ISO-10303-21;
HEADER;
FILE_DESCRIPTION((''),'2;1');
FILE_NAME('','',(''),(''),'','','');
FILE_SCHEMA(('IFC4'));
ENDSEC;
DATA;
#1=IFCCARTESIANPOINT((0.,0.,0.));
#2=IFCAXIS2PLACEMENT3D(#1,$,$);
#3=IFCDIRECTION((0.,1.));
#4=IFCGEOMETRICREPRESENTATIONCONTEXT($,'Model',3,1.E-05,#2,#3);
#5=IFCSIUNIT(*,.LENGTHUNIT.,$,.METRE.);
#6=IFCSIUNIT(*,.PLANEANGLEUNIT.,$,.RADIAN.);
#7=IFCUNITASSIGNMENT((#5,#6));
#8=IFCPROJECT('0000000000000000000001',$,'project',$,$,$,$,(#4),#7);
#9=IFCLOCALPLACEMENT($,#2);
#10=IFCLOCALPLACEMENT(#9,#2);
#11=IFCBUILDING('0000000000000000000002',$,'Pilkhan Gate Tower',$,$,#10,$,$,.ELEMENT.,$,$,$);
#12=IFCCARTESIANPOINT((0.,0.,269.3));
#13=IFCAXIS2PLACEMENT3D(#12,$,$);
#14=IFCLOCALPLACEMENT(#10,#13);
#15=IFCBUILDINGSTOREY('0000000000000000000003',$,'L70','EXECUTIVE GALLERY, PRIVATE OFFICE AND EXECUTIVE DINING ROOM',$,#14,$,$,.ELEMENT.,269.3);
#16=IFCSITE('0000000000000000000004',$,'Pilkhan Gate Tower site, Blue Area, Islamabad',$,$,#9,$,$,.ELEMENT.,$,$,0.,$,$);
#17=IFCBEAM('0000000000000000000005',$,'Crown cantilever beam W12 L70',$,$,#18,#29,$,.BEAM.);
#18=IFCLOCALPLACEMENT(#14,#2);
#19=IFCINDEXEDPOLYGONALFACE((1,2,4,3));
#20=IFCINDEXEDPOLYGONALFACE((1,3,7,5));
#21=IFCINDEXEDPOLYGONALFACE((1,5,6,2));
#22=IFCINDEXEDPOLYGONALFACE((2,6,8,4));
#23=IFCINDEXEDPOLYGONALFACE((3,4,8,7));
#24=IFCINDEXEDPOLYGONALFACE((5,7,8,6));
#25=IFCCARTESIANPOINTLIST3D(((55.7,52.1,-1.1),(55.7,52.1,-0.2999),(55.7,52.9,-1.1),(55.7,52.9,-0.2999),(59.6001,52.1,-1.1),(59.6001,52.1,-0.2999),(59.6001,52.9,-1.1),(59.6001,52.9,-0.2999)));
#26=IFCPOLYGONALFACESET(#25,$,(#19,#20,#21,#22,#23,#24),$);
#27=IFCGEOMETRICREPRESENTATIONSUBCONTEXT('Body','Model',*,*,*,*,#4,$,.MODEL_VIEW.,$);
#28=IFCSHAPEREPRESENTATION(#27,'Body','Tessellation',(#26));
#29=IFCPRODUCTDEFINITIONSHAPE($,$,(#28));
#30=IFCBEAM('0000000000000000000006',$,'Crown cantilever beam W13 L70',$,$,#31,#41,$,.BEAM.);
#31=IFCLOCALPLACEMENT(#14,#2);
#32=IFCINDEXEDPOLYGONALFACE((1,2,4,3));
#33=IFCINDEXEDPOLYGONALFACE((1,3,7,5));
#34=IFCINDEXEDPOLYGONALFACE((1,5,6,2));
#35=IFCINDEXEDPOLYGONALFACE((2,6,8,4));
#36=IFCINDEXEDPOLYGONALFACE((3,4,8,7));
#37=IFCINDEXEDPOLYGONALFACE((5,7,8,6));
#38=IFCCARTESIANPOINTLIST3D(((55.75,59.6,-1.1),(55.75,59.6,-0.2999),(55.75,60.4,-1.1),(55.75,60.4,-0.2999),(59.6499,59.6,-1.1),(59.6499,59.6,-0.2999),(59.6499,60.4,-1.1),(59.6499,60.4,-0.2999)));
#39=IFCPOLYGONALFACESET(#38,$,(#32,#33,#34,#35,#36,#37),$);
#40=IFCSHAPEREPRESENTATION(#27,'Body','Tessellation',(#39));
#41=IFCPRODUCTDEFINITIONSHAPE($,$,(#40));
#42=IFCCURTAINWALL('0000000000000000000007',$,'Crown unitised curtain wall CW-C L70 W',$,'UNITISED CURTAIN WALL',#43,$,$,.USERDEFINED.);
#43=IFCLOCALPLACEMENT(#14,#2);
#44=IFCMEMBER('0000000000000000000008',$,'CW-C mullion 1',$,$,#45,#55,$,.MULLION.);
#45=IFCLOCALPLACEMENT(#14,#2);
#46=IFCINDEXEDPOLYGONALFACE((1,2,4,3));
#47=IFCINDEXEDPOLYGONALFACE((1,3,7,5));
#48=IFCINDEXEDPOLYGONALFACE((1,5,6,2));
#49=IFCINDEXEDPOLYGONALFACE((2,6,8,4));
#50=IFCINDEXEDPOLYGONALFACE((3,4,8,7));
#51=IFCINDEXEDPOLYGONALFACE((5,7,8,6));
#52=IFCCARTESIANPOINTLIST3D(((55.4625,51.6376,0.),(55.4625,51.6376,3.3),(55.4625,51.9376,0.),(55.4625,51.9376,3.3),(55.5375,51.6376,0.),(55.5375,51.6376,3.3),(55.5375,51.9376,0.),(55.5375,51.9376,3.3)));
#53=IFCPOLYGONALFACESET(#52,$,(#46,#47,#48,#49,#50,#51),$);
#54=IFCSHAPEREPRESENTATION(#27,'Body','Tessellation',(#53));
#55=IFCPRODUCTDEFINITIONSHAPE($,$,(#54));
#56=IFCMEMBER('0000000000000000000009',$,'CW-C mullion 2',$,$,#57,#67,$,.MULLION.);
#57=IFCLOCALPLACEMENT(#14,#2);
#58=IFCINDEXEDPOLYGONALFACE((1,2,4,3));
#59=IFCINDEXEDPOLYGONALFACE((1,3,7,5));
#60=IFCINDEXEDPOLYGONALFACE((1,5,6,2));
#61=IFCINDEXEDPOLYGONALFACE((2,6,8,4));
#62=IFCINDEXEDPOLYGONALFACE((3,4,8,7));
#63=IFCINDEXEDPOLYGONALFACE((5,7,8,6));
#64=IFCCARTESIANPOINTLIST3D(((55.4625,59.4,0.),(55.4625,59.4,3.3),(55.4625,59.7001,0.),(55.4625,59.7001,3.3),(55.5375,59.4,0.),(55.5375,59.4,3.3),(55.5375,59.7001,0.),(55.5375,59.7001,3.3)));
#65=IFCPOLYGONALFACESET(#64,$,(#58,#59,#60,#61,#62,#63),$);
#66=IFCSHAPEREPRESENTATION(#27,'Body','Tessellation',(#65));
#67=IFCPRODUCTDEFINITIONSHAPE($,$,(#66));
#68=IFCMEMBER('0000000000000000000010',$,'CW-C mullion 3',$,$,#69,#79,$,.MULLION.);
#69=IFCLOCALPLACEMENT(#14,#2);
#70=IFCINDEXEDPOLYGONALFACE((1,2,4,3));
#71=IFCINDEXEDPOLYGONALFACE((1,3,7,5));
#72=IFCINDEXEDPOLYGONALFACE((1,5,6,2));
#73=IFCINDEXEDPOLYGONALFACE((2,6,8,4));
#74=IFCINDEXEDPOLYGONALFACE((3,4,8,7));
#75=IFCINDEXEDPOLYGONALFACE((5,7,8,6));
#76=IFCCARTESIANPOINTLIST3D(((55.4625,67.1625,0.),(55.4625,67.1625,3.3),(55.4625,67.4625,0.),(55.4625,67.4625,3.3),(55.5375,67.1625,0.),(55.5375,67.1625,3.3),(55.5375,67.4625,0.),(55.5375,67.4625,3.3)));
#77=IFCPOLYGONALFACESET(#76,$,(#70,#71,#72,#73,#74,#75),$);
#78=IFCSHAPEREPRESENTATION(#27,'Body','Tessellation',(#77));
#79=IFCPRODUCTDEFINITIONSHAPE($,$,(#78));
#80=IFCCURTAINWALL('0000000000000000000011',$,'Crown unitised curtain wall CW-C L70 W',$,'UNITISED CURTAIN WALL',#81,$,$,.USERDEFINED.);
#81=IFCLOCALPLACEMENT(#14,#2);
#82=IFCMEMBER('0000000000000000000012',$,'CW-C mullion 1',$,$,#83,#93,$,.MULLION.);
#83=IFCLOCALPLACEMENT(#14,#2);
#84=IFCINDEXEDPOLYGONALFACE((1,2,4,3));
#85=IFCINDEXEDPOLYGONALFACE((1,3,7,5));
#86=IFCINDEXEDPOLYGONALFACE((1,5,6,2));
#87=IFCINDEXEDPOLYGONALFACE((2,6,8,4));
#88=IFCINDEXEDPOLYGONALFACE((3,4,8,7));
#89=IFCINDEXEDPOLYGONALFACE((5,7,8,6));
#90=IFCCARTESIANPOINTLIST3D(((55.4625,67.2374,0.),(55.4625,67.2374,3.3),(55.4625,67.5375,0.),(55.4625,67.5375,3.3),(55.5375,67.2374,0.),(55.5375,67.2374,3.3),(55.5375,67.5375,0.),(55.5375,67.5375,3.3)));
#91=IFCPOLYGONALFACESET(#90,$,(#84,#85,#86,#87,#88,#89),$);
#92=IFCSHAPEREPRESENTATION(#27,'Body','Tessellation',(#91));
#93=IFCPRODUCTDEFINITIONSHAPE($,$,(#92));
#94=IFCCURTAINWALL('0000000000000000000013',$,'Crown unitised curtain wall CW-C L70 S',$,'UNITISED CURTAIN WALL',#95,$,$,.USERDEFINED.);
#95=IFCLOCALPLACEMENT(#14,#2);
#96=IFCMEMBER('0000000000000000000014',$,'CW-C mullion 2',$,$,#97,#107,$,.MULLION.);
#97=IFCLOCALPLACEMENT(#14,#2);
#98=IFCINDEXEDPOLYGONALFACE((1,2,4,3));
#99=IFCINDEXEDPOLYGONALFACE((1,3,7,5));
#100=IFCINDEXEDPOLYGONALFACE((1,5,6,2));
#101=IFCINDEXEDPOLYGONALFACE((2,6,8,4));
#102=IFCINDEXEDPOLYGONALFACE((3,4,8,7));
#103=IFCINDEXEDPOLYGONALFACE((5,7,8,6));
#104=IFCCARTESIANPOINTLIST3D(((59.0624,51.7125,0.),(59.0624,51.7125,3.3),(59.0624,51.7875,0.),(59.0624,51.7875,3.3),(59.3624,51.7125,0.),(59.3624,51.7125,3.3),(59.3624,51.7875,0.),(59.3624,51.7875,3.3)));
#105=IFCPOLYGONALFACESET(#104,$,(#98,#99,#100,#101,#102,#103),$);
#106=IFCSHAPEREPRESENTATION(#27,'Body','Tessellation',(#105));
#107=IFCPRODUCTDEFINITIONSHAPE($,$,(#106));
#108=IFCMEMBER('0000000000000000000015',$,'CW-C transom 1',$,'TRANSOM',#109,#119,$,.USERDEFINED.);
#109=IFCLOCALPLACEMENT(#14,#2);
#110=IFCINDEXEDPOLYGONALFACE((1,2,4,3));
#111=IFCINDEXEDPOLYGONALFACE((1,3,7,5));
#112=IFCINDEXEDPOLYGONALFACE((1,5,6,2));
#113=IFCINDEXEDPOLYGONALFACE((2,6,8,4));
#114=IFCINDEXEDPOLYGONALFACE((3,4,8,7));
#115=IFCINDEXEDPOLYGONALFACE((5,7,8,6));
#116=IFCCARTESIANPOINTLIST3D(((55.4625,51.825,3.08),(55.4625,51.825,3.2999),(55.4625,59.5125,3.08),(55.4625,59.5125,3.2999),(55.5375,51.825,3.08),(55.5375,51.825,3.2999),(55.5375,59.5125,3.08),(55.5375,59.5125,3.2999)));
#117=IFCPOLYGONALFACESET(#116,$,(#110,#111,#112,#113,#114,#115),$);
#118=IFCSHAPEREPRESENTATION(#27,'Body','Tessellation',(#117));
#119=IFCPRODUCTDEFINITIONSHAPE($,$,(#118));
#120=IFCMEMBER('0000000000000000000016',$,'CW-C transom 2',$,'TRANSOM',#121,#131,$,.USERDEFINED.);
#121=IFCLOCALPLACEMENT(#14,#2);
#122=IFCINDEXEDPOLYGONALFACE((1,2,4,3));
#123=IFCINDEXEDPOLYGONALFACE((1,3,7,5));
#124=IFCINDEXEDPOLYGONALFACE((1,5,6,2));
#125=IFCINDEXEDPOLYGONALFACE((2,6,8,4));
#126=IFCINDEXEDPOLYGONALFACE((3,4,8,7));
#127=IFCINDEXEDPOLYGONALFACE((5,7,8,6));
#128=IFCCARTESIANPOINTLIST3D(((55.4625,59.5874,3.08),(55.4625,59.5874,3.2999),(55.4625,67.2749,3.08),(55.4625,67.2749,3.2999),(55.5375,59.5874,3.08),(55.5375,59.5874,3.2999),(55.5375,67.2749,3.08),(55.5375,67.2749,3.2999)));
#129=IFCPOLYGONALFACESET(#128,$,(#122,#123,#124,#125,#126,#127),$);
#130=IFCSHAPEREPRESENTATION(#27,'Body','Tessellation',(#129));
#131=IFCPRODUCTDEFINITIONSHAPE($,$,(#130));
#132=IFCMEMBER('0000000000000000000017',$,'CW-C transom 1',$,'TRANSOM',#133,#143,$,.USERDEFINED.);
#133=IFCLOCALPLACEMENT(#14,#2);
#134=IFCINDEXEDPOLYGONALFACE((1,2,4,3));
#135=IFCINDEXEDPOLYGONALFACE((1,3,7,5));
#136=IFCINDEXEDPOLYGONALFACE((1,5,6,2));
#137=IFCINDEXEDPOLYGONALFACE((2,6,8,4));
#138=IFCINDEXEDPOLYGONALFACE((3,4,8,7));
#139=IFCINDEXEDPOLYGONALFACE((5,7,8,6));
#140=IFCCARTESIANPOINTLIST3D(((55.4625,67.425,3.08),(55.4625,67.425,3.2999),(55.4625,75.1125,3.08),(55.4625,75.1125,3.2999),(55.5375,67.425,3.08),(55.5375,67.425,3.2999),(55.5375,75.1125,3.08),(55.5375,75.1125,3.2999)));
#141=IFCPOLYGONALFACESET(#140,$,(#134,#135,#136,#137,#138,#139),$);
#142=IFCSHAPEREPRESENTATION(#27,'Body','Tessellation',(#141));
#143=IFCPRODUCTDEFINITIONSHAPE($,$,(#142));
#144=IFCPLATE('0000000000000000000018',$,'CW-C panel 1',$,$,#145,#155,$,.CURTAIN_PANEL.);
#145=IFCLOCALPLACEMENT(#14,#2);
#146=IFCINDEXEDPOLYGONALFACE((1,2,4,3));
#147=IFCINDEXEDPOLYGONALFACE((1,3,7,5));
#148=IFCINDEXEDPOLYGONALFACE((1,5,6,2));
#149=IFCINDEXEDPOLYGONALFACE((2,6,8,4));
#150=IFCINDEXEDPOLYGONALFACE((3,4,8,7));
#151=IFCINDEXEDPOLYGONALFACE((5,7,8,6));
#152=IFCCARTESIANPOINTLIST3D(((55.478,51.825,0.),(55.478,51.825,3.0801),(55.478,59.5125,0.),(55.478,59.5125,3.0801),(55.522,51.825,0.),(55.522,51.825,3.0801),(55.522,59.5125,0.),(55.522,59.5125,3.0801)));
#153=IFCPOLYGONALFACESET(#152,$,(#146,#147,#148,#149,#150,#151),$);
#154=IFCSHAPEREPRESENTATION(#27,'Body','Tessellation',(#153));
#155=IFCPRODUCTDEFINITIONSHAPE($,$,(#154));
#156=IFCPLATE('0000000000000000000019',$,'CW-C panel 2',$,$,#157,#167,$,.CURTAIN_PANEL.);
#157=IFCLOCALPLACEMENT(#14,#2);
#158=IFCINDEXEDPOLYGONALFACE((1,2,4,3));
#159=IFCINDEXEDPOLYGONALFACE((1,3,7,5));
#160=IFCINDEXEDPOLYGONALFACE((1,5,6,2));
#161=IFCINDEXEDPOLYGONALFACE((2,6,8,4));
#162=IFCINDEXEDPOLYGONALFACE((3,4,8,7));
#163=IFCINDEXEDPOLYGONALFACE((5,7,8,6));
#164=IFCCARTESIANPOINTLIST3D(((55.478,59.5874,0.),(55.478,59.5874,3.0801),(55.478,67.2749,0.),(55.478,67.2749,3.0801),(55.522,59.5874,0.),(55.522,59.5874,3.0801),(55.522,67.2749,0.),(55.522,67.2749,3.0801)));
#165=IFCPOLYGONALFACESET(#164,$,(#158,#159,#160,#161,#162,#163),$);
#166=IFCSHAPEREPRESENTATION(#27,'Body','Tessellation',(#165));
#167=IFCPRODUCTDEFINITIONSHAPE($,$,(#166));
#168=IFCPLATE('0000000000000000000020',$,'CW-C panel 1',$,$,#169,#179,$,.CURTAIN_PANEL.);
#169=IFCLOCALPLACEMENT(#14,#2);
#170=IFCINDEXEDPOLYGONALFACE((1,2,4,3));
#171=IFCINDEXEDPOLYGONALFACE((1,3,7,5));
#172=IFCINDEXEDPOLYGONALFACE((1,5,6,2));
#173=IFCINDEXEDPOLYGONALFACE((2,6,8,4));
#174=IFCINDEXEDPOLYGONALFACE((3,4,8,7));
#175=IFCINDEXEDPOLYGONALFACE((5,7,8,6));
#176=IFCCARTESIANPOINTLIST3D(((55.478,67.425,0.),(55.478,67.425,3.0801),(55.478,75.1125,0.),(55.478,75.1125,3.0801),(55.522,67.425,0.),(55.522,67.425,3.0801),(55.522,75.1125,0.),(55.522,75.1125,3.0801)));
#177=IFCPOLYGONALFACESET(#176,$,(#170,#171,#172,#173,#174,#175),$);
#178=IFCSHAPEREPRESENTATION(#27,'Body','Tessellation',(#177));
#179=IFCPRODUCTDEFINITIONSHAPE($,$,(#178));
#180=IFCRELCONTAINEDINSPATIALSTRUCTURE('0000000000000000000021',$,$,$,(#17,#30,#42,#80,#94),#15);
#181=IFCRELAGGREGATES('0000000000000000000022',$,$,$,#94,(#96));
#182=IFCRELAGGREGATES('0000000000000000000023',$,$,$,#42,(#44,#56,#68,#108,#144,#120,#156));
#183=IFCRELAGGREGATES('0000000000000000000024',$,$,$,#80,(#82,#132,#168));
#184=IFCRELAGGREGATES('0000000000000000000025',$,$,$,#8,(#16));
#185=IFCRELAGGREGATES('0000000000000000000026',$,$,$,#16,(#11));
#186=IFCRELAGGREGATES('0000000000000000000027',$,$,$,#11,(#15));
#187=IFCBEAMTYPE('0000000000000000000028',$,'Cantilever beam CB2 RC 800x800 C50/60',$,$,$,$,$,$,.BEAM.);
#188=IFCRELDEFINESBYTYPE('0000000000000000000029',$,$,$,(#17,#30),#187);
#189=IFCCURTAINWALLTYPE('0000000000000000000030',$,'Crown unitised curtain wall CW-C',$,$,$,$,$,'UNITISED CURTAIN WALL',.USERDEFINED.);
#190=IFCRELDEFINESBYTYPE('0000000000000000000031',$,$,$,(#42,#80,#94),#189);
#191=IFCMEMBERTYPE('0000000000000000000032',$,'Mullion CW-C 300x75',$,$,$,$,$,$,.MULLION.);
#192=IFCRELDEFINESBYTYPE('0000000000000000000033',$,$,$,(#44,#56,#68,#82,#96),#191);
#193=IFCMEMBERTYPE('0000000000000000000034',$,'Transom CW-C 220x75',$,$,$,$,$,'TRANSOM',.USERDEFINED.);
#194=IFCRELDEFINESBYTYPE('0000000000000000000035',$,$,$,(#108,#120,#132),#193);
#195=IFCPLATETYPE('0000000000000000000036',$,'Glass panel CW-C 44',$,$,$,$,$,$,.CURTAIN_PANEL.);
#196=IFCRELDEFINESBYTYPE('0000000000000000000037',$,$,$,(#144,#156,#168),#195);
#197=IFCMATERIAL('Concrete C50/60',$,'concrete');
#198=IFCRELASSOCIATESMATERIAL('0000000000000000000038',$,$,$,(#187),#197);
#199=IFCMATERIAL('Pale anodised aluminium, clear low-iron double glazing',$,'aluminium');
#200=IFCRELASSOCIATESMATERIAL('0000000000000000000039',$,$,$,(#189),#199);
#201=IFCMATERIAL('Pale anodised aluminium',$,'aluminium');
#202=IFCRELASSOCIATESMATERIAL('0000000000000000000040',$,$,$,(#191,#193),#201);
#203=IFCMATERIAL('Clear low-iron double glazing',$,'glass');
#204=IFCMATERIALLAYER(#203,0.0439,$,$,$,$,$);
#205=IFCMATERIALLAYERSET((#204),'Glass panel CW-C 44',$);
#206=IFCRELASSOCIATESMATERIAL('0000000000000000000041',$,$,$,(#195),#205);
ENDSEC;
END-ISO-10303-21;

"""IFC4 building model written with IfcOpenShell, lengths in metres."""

from ifc_helpers import new_model, si_unit, direction, frame, origin, origin_2d, place, context, subcontext, project, spatial, rectangle, extrude, material, layer, layer_set, material_profile, profile_set, type_object, element, aggregate, save


model = new_model("IFC4")

# Units and contexts
model_context = context("Model", 3, precision=1e-05, world=origin(), true_north=direction((0.0, 1.0)))
body_context = subcontext(model_context, "Body", "Model", "MODEL_VIEW")
ifc_project = project(units=[si_unit("LENGTHUNIT", "METRE"), si_unit("PLANEANGLEUNIT", "RADIAN")], contexts=[model_context])

# Site, building, storey
site_placement = place(None, origin())
site = spatial("IfcSite", under=ifc_project, at=site_placement, Name="Pilkhan Gate Tower site, Blue Area, Islamabad", CompositionType="ELEMENT", RefElevation=0.0)
building_placement = place(site_placement, origin())
building = spatial("IfcBuilding", under=site, at=building_placement, Name="Pilkhan Gate Tower", CompositionType="ELEMENT")
storey_placement = place(building_placement, frame((0.0, 0.0, 269.3)))
storey = spatial("IfcBuildingStorey", under=building, at=storey_placement, Name="L70", Description="EXECUTIVE GALLERY, PRIVATE OFFICE AND EXECUTIVE DINING ROOM", CompositionType="ELEMENT", Elevation=269.3)

# Beams
ifc_material_1 = material(Name="Concrete C50/60", Category="concrete")
ifc_material_profile_1 = material_profile(ifc_material_1, rectangle(XDim=0.8, YDim=0.8, at=origin_2d()), Name="RC 800x800")
ifc_profile_set_1 = profile_set([ifc_material_profile_1], Name="Concrete C50/60")
beam_type = type_object("IfcBeamType", Name="Cantilever beam CB2 RC 800x800 C50/60", PredefinedType="BEAM", material=ifc_profile_set_1)
beam_1_placement = place(storey_placement, frame((59.6001, 52.5, -0.7), z_axis=(-1.0, 0.0, 0.0), x_axis=(0.0, -1.0, 0.0)))
element("IfcBeam", 1, at=beam_1_placement, inside=storey, type_object=beam_type, Name="Crown cantilever beam W12 L70", PredefinedType="BEAM", context=body_context, shape_type="SweptSolid", body=[
    extrude(rectangle(XDim=0.8, YDim=0.8, at=origin_2d()), origin(), (0.0, 0.0, 1.0), 3.9001),
])
beam_2_placement = place(storey_placement, frame((59.6499, 60.0, -0.7), z_axis=(-1.0, 0.0, 0.0), x_axis=(0.0, -1.0, 0.0)))
element("IfcBeam", 2, at=beam_2_placement, inside=storey, type_object=beam_type, Name="Crown cantilever beam W13 L70", PredefinedType="BEAM", context=body_context, shape_type="SweptSolid", body=[
    extrude(rectangle(XDim=0.8, YDim=0.8, at=origin_2d()), origin(), (0.0, 0.0, 1.0), 3.8999),
])

# Curtain wall, members
ifc_material_2 = material(Name="Pale anodised aluminium, clear low-iron double glazing", Category="aluminium")
curtain_wall_type = type_object("IfcCurtainWallType", Name="Crown unitised curtain wall CW-C", ElementType="UNITISED CURTAIN WALL", PredefinedType="USERDEFINED", material=ifc_material_2)
curtain_wall_1_placement = place(storey_placement, origin())
curtain_wall_1 = element("IfcCurtainWall", 3, at=curtain_wall_1_placement, inside=storey, type_object=curtain_wall_type, Name="Crown unitised curtain wall CW-C L70 W", ObjectType="UNITISED CURTAIN WALL", PredefinedType="USERDEFINED")
ifc_material_3 = material(Name="Pale anodised aluminium", Category="aluminium")
ifc_material_profile_2 = material_profile(ifc_material_3, rectangle(XDim=0.075, YDim=0.3, at=origin_2d()), Name="Mullion 300x75")
ifc_profile_set_2 = profile_set([ifc_material_profile_2], Name="Pale anodised aluminium")
member_type_1 = type_object("IfcMemberType", Name="Mullion CW-C 300x75", PredefinedType="MULLION", material=ifc_profile_set_2)
member_1_placement = place(storey_placement, frame((55.5, 51.7876, 0.0), z_axis=(0.0, 0.0, 1.0), x_axis=(-1.0, 0.0, 0.0)))
member_1 = element("IfcMember", 4, at=member_1_placement, type_object=member_type_1, Name="CW-C mullion 1", PredefinedType="MULLION", context=body_context, shape_type="SweptSolid", body=[
    extrude(rectangle(XDim=0.075, YDim=0.3, at=origin_2d()), origin(), (0.0, 0.0, 1.0), 3.3),
])
member_2_placement = place(storey_placement, frame((55.5, 59.55, 0.0), z_axis=(0.0, 0.0, 1.0), x_axis=(-1.0, 0.0, 0.0)))
member_2 = element("IfcMember", 5, at=member_2_placement, type_object=member_type_1, Name="CW-C mullion 2", PredefinedType="MULLION", context=body_context, shape_type="SweptSolid", body=[
    extrude(rectangle(XDim=0.075, YDim=0.3, at=origin_2d()), origin(), (0.0, 0.0, 1.0), 3.3),
])
member_3_placement = place(storey_placement, frame((55.5, 67.3125, 0.0), z_axis=(0.0, 0.0, 1.0), x_axis=(-1.0, 0.0, 0.0)))
member_3 = element("IfcMember", 6, at=member_3_placement, type_object=member_type_1, Name="CW-C mullion 3", PredefinedType="MULLION", context=body_context, shape_type="SweptSolid", body=[
    extrude(rectangle(XDim=0.075, YDim=0.3, at=origin_2d()), origin(), (0.0, 0.0, 1.0), 3.3),
])

# Curtain walls, members
curtain_wall_2_placement = place(storey_placement, origin())
curtain_wall_2 = element("IfcCurtainWall", 7, at=curtain_wall_2_placement, inside=storey, type_object=curtain_wall_type, Name="Crown unitised curtain wall CW-C L70 W", ObjectType="UNITISED CURTAIN WALL", PredefinedType="USERDEFINED")
member_4_placement = place(storey_placement, frame((55.5, 67.3875, 0.0), z_axis=(0.0, 0.0, 1.0), x_axis=(-1.0, 0.0, 0.0)))
member_4 = element("IfcMember", 8, at=member_4_placement, type_object=member_type_1, Name="CW-C mullion 1", PredefinedType="MULLION", context=body_context, shape_type="SweptSolid", body=[
    extrude(rectangle(XDim=0.075, YDim=0.3, at=origin_2d()), origin(), (0.0, 0.0, 1.0), 3.3),
])
curtain_wall_3_placement = place(storey_placement, origin())
curtain_wall_3 = element("IfcCurtainWall", 9, at=curtain_wall_3_placement, inside=storey, type_object=curtain_wall_type, Name="Crown unitised curtain wall CW-C L70 S", ObjectType="UNITISED CURTAIN WALL", PredefinedType="USERDEFINED")
member_5_placement = place(storey_placement, frame((59.2124, 51.75, 0.0), z_axis=(0.0, 0.0, 1.0), x_axis=(0.0, 1.0, 0.0)))
member_5 = element("IfcMember", 10, at=member_5_placement, type_object=member_type_1, Name="CW-C mullion 2", PredefinedType="MULLION", context=body_context, shape_type="SweptSolid", body=[
    extrude(rectangle(XDim=0.075, YDim=0.3, at=origin_2d()), origin(), (0.0, 0.0, 1.0), 3.3),
])
aggregate(curtain_wall_3, [member_5])

# Members
ifc_material_profile_3 = material_profile(ifc_material_3, rectangle(XDim=0.075, YDim=0.22, at=origin_2d()), Name="Transom 220x75")
ifc_profile_set_3 = profile_set([ifc_material_profile_3], Name="Pale anodised aluminium")
member_type_2 = type_object("IfcMemberType", Name="Transom CW-C 220x75", ElementType="TRANSOM", PredefinedType="USERDEFINED", material=ifc_profile_set_3)
member_6_placement = place(storey_placement, frame((55.5, 51.825, 3.1899), z_axis=(0.0, 1.0, 0.0), x_axis=(-1.0, 0.0, 0.0)))
member_6 = element("IfcMember", 11, at=member_6_placement, type_object=member_type_2, Name="CW-C transom 1", ObjectType="TRANSOM", PredefinedType="USERDEFINED", context=body_context, shape_type="SweptSolid", body=[
    extrude(rectangle(XDim=0.075, YDim=0.22, at=origin_2d()), origin(), (0.0, 0.0, 1.0), 7.6875),
])
member_7_placement = place(storey_placement, frame((55.5, 59.5874, 3.1899), z_axis=(0.0, 1.0, 0.0), x_axis=(-1.0, 0.0, 0.0)))
member_7 = element("IfcMember", 12, at=member_7_placement, type_object=member_type_2, Name="CW-C transom 2", ObjectType="TRANSOM", PredefinedType="USERDEFINED", context=body_context, shape_type="SweptSolid", body=[
    extrude(rectangle(XDim=0.075, YDim=0.22, at=origin_2d()), origin(), (0.0, 0.0, 1.0), 7.6875),
])
member_8_placement = place(storey_placement, frame((55.5, 67.425, 3.1899), z_axis=(0.0, 1.0, 0.0), x_axis=(-1.0, 0.0, 0.0)))
member_8 = element("IfcMember", 13, at=member_8_placement, type_object=member_type_2, Name="CW-C transom 1", ObjectType="TRANSOM", PredefinedType="USERDEFINED", context=body_context, shape_type="SweptSolid", body=[
    extrude(rectangle(XDim=0.075, YDim=0.22, at=origin_2d()), origin(), (0.0, 0.0, 1.0), 7.6875),
])

# Plates
ifc_material_4 = material(Name="Clear low-iron double glazing", Category="glass")
ifc_layer_1 = layer(ifc_material_4, 0.0439)
ifc_layer_set_1 = layer_set([ifc_layer_1], Name="Glass panel CW-C 44")
plate_type = type_object("IfcPlateType", Name="Glass panel CW-C 44", PredefinedType="CURTAIN_PANEL", material=ifc_layer_set_1)
plate_1_placement = place(storey_placement, frame((55.5, 55.6687, 0.0), z_axis=(0.0, 0.0, 1.0), x_axis=(0.0, 1.0, 0.0)))
plate_1 = element("IfcPlate", 14, at=plate_1_placement, type_object=plate_type, Name="CW-C panel 1", PredefinedType="CURTAIN_PANEL", context=body_context, shape_type="SweptSolid", body=[
    extrude(rectangle(XDim=7.6875, YDim=0.0439, at=origin_2d()), origin(), (0.0, 0.0, 1.0), 3.0801),
])
plate_2_placement = place(storey_placement, frame((55.5, 63.4312, 0.0), z_axis=(0.0, 0.0, 1.0), x_axis=(0.0, 1.0, 0.0)))
plate_2 = element("IfcPlate", 15, at=plate_2_placement, type_object=plate_type, Name="CW-C panel 2", PredefinedType="CURTAIN_PANEL", context=body_context, shape_type="SweptSolid", body=[
    extrude(rectangle(XDim=7.6875, YDim=0.0439, at=origin_2d()), origin(), (0.0, 0.0, 1.0), 3.0801),
])
aggregate(curtain_wall_1, [member_1, member_2, member_3, member_6, plate_1, member_7, plate_2])
plate_3_placement = place(storey_placement, frame((55.5, 71.2688, 0.0), z_axis=(0.0, 0.0, 1.0), x_axis=(0.0, 1.0, 0.0)))
plate_3 = element("IfcPlate", 16, at=plate_3_placement, type_object=plate_type, Name="CW-C panel 1", PredefinedType="CURTAIN_PANEL", context=body_context, shape_type="SweptSolid", body=[
    extrude(rectangle(XDim=7.6875, YDim=0.0439, at=origin_2d()), origin(), (0.0, 0.0, 1.0), 3.0801),
])
aggregate(curtain_wall_2, [member_4, member_8, plate_3])

save(model, "model.ifc")
